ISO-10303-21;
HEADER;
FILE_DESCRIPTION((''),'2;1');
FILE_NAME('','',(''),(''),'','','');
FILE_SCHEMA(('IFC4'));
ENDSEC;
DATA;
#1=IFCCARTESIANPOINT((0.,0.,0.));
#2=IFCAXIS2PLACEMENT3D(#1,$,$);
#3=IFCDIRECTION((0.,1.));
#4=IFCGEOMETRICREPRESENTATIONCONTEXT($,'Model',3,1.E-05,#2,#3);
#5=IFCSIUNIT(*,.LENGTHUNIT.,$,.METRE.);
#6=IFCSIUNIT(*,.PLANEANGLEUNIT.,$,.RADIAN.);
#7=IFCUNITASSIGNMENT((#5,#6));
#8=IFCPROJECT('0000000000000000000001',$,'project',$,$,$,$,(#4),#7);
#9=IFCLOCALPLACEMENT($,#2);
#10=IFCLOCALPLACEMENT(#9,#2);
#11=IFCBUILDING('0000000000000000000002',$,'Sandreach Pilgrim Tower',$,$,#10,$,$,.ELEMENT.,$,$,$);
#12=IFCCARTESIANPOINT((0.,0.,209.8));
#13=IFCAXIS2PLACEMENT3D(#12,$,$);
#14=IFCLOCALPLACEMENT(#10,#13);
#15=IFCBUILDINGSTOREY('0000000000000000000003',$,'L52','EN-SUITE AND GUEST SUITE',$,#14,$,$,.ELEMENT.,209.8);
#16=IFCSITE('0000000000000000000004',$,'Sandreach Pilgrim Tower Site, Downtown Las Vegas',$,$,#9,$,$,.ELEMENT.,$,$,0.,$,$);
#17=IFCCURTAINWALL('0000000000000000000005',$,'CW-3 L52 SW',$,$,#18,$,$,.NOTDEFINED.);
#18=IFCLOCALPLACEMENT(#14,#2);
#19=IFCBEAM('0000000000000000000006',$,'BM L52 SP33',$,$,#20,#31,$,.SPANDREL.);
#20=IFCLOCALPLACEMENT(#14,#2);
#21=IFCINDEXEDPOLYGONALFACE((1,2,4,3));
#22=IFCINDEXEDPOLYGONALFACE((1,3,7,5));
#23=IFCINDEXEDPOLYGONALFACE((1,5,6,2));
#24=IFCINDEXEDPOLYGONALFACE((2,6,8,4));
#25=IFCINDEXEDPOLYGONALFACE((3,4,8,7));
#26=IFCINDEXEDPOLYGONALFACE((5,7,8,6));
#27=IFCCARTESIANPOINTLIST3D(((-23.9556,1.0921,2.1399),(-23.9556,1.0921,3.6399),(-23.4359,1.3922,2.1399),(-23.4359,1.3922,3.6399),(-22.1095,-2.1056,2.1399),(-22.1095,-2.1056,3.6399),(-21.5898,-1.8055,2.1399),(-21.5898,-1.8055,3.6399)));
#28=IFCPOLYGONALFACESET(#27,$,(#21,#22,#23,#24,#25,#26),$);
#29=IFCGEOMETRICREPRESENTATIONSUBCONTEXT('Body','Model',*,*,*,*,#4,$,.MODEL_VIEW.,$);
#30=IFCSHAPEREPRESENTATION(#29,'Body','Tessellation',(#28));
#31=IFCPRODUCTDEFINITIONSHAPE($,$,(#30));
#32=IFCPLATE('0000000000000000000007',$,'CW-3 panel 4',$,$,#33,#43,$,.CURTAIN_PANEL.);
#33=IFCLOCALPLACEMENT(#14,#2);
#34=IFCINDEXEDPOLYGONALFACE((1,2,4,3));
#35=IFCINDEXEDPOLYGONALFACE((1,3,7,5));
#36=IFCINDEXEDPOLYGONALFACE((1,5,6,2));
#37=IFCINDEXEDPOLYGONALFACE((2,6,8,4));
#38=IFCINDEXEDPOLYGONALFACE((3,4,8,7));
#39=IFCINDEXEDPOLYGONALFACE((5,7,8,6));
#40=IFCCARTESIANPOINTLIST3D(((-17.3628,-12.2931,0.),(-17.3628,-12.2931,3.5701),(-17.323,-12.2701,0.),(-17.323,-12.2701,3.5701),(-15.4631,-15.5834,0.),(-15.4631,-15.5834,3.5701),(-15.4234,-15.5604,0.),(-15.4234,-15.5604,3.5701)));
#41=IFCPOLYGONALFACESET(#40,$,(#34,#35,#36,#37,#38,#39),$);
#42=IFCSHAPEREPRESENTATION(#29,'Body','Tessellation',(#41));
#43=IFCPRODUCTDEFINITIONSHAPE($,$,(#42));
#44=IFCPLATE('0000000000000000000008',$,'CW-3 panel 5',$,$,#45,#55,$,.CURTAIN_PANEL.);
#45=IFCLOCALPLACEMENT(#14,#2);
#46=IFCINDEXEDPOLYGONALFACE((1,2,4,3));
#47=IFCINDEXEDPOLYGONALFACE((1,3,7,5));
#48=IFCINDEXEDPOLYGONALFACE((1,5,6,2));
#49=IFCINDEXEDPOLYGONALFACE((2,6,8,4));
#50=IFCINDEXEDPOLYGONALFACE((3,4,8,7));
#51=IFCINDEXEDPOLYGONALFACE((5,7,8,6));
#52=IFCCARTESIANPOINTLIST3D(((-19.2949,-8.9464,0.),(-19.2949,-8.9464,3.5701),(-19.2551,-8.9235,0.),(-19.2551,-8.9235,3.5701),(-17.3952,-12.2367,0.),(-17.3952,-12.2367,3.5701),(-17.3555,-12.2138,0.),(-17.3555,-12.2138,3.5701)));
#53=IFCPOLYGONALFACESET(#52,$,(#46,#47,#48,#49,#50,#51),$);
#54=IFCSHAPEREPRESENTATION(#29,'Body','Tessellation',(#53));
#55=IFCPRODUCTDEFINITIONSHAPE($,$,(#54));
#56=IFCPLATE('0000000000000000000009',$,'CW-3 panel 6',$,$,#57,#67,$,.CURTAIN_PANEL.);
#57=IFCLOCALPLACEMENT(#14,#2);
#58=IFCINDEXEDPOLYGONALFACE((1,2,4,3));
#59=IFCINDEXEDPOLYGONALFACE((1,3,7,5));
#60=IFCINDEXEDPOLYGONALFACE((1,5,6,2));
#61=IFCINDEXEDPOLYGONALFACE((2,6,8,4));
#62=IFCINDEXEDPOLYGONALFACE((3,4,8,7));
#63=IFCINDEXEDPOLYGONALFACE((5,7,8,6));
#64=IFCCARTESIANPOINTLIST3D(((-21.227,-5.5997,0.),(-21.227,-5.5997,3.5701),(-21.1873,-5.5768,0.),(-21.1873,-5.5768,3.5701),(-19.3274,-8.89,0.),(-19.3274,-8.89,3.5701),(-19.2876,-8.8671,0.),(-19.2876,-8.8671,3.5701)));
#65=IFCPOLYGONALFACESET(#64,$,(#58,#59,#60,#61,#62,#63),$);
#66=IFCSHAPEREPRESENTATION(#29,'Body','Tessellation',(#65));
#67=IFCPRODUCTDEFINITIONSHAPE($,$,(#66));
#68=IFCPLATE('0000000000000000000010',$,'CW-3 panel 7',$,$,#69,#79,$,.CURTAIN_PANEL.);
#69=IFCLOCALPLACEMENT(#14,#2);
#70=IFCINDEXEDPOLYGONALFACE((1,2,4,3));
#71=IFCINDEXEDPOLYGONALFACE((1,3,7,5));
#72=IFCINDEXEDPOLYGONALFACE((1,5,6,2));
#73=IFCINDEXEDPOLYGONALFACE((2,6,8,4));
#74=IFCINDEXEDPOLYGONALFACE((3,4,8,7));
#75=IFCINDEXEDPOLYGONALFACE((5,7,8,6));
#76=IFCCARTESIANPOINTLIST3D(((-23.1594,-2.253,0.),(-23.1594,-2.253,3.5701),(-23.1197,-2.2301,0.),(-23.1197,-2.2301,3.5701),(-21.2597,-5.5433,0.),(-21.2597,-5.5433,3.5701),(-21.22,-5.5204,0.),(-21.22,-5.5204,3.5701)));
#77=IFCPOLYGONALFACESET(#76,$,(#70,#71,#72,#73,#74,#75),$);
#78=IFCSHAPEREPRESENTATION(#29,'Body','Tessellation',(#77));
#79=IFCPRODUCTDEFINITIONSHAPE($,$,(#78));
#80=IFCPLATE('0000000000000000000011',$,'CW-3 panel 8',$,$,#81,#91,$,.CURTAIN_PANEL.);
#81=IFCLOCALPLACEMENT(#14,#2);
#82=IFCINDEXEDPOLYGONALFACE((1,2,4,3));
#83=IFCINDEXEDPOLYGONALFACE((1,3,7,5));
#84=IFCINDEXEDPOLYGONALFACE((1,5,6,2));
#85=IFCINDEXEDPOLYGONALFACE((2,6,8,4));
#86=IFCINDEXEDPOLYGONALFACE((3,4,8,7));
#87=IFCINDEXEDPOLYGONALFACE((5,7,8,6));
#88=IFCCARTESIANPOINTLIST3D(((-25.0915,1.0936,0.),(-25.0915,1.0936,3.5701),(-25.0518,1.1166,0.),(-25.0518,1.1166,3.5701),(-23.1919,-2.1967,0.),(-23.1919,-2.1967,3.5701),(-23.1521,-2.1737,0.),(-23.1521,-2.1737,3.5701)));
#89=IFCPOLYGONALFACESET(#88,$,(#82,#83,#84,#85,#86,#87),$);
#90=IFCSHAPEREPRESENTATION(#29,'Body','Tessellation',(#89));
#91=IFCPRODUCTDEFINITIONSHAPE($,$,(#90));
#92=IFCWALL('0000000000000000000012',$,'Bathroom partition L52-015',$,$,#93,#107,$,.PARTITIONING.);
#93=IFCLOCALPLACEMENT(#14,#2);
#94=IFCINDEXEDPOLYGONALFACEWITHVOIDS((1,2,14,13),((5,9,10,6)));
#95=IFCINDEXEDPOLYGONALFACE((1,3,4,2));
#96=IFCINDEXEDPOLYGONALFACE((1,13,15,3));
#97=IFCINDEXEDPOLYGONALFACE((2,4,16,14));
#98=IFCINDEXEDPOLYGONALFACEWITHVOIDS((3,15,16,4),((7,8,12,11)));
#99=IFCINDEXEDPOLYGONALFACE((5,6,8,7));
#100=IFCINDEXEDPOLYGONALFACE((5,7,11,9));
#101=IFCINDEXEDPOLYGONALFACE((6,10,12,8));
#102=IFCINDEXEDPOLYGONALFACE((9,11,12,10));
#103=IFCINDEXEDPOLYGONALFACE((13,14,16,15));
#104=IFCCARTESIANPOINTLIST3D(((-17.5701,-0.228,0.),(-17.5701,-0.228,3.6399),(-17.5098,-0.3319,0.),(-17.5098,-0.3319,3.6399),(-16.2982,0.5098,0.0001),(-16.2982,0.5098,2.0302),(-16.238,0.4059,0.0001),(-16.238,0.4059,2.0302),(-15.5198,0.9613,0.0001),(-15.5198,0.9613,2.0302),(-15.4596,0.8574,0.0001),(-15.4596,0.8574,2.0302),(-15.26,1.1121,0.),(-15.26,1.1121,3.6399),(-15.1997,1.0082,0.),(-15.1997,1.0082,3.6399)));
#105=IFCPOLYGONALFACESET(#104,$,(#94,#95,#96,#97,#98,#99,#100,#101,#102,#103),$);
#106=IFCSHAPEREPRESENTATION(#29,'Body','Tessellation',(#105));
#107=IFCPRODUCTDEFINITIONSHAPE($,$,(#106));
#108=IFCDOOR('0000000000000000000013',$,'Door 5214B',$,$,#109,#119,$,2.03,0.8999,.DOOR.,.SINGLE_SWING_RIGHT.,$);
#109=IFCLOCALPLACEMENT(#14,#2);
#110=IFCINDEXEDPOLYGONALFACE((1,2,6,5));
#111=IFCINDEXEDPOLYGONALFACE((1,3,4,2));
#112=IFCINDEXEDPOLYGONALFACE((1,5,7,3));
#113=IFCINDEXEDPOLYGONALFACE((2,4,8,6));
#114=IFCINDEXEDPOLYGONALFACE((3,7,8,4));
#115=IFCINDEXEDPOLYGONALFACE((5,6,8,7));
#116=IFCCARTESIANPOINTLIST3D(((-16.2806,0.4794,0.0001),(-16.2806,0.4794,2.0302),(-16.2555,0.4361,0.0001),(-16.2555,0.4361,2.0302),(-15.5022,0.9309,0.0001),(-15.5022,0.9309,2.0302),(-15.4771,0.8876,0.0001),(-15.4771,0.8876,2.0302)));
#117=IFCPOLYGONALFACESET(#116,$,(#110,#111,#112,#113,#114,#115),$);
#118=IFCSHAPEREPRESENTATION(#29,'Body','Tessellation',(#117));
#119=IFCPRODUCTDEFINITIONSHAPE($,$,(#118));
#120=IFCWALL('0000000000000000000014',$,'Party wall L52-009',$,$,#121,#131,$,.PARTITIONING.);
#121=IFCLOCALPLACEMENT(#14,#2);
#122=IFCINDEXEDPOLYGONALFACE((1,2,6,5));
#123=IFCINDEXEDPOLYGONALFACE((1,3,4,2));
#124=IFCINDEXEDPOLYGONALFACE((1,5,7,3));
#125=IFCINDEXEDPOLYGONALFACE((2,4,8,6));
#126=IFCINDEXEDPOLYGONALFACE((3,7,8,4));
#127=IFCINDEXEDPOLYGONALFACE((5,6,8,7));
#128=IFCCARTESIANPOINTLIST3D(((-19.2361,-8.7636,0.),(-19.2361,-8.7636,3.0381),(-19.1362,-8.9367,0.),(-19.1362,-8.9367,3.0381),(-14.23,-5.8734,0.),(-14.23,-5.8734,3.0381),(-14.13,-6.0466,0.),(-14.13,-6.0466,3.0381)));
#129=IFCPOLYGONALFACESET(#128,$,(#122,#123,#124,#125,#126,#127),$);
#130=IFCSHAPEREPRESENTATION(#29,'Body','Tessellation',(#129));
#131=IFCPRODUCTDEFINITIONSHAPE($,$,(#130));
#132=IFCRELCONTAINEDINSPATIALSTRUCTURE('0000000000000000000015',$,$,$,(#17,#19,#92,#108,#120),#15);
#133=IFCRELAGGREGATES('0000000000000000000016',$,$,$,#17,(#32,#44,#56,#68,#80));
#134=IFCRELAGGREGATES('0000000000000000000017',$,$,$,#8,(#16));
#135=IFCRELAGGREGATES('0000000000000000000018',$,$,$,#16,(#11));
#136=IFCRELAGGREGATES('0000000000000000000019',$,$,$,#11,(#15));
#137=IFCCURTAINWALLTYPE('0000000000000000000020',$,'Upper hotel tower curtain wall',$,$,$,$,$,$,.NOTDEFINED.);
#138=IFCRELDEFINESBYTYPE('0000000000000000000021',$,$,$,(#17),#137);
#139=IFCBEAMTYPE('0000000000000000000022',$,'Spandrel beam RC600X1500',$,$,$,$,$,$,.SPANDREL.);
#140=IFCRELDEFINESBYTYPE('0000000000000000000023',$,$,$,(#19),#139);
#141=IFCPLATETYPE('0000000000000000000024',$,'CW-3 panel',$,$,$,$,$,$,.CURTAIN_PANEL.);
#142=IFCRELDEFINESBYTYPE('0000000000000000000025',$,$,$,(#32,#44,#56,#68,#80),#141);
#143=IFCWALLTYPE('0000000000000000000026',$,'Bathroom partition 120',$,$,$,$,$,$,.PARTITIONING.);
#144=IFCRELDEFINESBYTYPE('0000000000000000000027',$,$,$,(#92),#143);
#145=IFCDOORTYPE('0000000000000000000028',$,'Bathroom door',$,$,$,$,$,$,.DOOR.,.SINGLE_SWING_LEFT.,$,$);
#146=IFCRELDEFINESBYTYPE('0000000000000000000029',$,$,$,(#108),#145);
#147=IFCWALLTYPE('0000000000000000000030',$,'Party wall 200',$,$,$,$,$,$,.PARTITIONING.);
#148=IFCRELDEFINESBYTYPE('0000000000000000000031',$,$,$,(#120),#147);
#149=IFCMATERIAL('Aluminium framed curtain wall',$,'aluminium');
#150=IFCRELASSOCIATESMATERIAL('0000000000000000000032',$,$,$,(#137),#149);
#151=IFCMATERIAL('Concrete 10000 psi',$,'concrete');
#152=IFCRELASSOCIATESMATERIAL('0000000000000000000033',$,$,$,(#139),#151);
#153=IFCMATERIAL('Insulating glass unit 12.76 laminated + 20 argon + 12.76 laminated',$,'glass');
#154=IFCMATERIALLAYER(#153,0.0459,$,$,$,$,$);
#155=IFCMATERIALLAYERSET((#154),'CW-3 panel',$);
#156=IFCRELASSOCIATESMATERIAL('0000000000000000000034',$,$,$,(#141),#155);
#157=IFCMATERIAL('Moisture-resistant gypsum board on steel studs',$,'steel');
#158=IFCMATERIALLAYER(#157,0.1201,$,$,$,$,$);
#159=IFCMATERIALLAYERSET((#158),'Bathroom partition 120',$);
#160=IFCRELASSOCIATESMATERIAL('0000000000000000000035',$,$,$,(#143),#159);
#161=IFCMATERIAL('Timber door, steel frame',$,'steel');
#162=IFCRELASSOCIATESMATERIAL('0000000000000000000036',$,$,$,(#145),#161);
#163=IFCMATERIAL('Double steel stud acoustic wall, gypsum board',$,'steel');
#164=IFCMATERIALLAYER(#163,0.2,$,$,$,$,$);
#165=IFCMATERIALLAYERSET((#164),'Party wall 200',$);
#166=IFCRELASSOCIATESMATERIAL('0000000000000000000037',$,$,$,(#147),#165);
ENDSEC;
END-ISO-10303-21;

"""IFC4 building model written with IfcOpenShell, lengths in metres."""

from ifc_helpers import new_model, si_unit, direction, frame, frame_2d, origin, origin_2d, place, context, subcontext, project, spatial, rectangle, extrude, material, layer, layer_set, material_profile, profile_set, type_object, element, fill, aggregate, save


model = new_model("IFC4")

# Units and contexts
model_context = context("Model", 3, precision=1e-05, world=origin(), true_north=direction((0.0, 1.0)))
body_context = subcontext(model_context, "Body", "Model", "MODEL_VIEW")
ifc_project = project(units=[si_unit("LENGTHUNIT", "METRE"), si_unit("PLANEANGLEUNIT", "RADIAN")], contexts=[model_context])

# Site, building, storey
site_placement = place(None, origin())
site = spatial("IfcSite", under=ifc_project, at=site_placement, Name="Sandreach Pilgrim Tower Site, Downtown Las Vegas", CompositionType="ELEMENT", RefElevation=0.0)
building_placement = place(site_placement, origin())
building = spatial("IfcBuilding", under=site, at=building_placement, Name="Sandreach Pilgrim Tower", CompositionType="ELEMENT")
storey_placement = place(building_placement, frame((0.0, 0.0, 209.8)))
storey = spatial("IfcBuildingStorey", under=building, at=storey_placement, Name="L52", Description="EN-SUITE AND GUEST SUITE", CompositionType="ELEMENT", Elevation=209.8)

# Curtain wall
ifc_material_1 = material(Name="Aluminium framed curtain wall", Category="aluminium")
curtain_wall_type = type_object("IfcCurtainWallType", Name="Upper hotel tower curtain wall", PredefinedType="NOTDEFINED", material=ifc_material_1)
curtain_wall_placement = place(storey_placement, origin())
curtain_wall = element("IfcCurtainWall", 1, at=curtain_wall_placement, inside=storey, type_object=curtain_wall_type, Name="CW-3 L52 SW", PredefinedType="NOTDEFINED")

# Beam
ifc_material_2 = material(Name="Concrete 10000 psi", Category="concrete")
ifc_material_profile_1 = material_profile(ifc_material_2, rectangle(XDim=0.6001, YDim=1.5, at=origin_2d()), Name="RC600X1500")
ifc_profile_set_1 = profile_set([ifc_material_profile_1], Name="Concrete 10000 psi")
beam_type_1 = type_object("IfcBeamType", Name="Spandrel beam RC600X1500", PredefinedType="SPANDREL", material=ifc_profile_set_1)
for number, where, z_axis, x_axis, name in (
    (2, (-21.8496, -1.9556, 2.8899), (-0.499993, 0.866029, 0.0), (-0.866029, -0.499993, 0.0), "BM L52 SP33"),
):
    element("IfcBeam", number, at=place(storey_placement, frame(where, z_axis=z_axis, x_axis=x_axis)), inside=storey, type_object=beam_type_1, Name=name, PredefinedType="SPANDREL", context=body_context, shape_type="SweptSolid", body=[
        extrude(rectangle(XDim=0.6001, YDim=1.5, at=origin_2d()), origin(), (0.0, 0.0, 1.0), 3.6924),
    ])

# Plates
ifc_material_3 = material(Name="Insulating glass unit 12.76 laminated + 20 argon + 12.76 laminated", Category="glass")
ifc_layer_1 = layer(ifc_material_3, 0.0459)
ifc_layer_set_1 = layer_set([ifc_layer_1], Name="CW-3 panel")
plate_type = type_object("IfcPlateType", Name="CW-3 panel", PredefinedType="CURTAIN_PANEL", material=ifc_layer_set_1)
plate_1_placement = place(storey_placement, frame((-16.3931, -13.9268, 0.0), z_axis=(0.0, 0.0, 1.0), x_axis=(-0.5, 0.866025, 0.0)))
plate_1 = element("IfcPlate", 3, at=plate_1_placement, type_object=plate_type, Name="CW-3 panel 4", PredefinedType="CURTAIN_PANEL", context=body_context, shape_type="SweptSolid", body=[
    extrude(rectangle(XDim=3.7993, YDim=0.0459, at=origin_2d()), origin(), (0.0, 0.0, 1.0), 3.5701),
])
plate_2_placement = place(storey_placement, frame((-18.3252, -10.5801, 0.0), z_axis=(0.0, 0.0, 1.0), x_axis=(-0.5, 0.866025, 0.0)))
plate_2 = element("IfcPlate", 4, at=plate_2_placement, type_object=plate_type, Name="CW-3 panel 5", PredefinedType="CURTAIN_PANEL", context=body_context, shape_type="SweptSolid", body=[
    extrude(rectangle(XDim=3.7993, YDim=0.0459, at=origin_2d()), origin(), (0.0, 0.0, 1.0), 3.5701),
])
plate_3_placement = place(storey_placement, frame((-20.2573, -7.2334, 0.0), z_axis=(0.0, 0.0, 1.0), x_axis=(-0.5, 0.866025, 0.0)))
plate_3 = element("IfcPlate", 5, at=plate_3_placement, type_object=plate_type, Name="CW-3 panel 6", PredefinedType="CURTAIN_PANEL", context=body_context, shape_type="SweptSolid", body=[
    extrude(rectangle(XDim=3.7993, YDim=0.0459, at=origin_2d()), origin(), (0.0, 0.0, 1.0), 3.5701),
])
plate_4_placement = place(storey_placement, frame((-22.1897, -3.8867, 0.0), z_axis=(0.0, 0.0, 1.0), x_axis=(-0.5, 0.866025, 0.0)))
plate_4 = element("IfcPlate", 6, at=plate_4_placement, type_object=plate_type, Name="CW-3 panel 7", PredefinedType="CURTAIN_PANEL", context=body_context, shape_type="SweptSolid", body=[
    extrude(rectangle(XDim=3.7993, YDim=0.0459, at=origin_2d()), origin(), (0.0, 0.0, 1.0), 3.5701),
])
plate_5_placement = place(storey_placement, frame((-24.1218, -0.54, 0.0), z_axis=(0.0, 0.0, 1.0), x_axis=(-0.5, 0.866025, 0.0)))
plate_5 = element("IfcPlate", 7, at=plate_5_placement, type_object=plate_type, Name="CW-3 panel 8", PredefinedType="CURTAIN_PANEL", context=body_context, shape_type="SweptSolid", body=[
    extrude(rectangle(XDim=3.7993, YDim=0.0459, at=origin_2d()), origin(), (0.0, 0.0, 1.0), 3.5701),
])
aggregate(curtain_wall, [plate_1, plate_2, plate_3, plate_4, plate_5])

# Wall, opening, door
ifc_material_4 = material(Name="Moisture-resistant gypsum board on steel studs", Category="steel")
ifc_layer_2 = layer(ifc_material_4, 0.1201)
ifc_layer_set_2 = layer_set([ifc_layer_2], Name="Bathroom partition 120")
wall_type_1 = type_object("IfcWallType", Name="Bathroom partition 120", PredefinedType="PARTITIONING", material=ifc_layer_set_2)
wall_1_placement = place(storey_placement, frame((-17.54, -0.28, 0.0), z_axis=(0.0, 0.0, 1.0), x_axis=(0.86499, 0.501789, 0.0)))
wall_1 = element("IfcWall", 8, at=wall_1_placement, inside=storey, type_object=wall_type_1, Name="Bathroom partition L52-015", PredefinedType="PARTITIONING", context=body_context, shape_type="SweptSolid", body=[
    extrude(rectangle(XDim=2.6707, YDim=0.1201, at=frame_2d((1.3354, 0.0))), origin(), (0.0, 0.0, 1.0), 3.6399),
])
opening_placement = place(wall_1_placement, frame((1.4705, 0.0, 0.0)))
opening = element("IfcOpeningElement", 9, at=opening_placement, cuts=wall_1, PredefinedType="OPENING", context=body_context, shape_type="SweptSolid", body=[
    extrude(rectangle(XDim=0.8999, YDim=2.03, at=frame_2d((0.45, 1.0151))), frame((0.0, 0.0601, 0.0), z_axis=(0.0, -1.0, 0.0), x_axis=(1.0, 0.0, 0.0)), (0.0, 0.0, 1.0), 0.1201),
])
ifc_material_5 = material(Name="Timber door, steel frame", Category="steel")
door_type = type_object("IfcDoorType", Name="Bathroom door", OperationType="SINGLE_SWING_LEFT", PredefinedType="DOOR", material=ifc_material_5)
door_placement = place(opening_placement, origin())
door = element("IfcDoor", 10, at=door_placement, inside=storey, type_object=door_type, Name="Door 5214B", OperationType="SINGLE_SWING_RIGHT", OverallHeight=2.03, OverallWidth=0.8999, PredefinedType="DOOR", context=body_context, shape_type="SweptSolid", body=[
    extrude(rectangle(XDim=0.8999, YDim=2.03, at=frame_2d((0.45, 1.0151))), frame((0.0, 0.0249, 0.0), z_axis=(0.0, -1.0, 0.0), x_axis=(1.0, 0.0, 0.0)), (0.0, 0.0, 1.0), 0.05),
])
fill(opening, door)

# Wall
ifc_material_6 = material(Name="Double steel stud acoustic wall, gypsum board", Category="steel")
ifc_layer_3 = layer(ifc_material_6, 0.2)
ifc_layer_set_3 = layer_set([ifc_layer_3], Name="Party wall 200")
wall_type_2 = type_object("IfcWallType", Name="Party wall 200", PredefinedType="PARTITIONING", material=ifc_layer_set_3)
wall_2_placement = place(storey_placement, frame((-19.186, -8.8501, 0.0), z_axis=(0.0, 0.0, 1.0), x_axis=(0.866036, 0.499982, 0.0)))
element("IfcWall", 11, at=wall_2_placement, inside=storey, type_object=wall_type_2, Name="Party wall L52-009", PredefinedType="PARTITIONING", context=body_context, shape_type="SweptSolid", body=[
    extrude(rectangle(XDim=5.7805, YDim=0.2, at=frame_2d((2.8901, 0.0))), origin(), (0.0, 0.0, 1.0), 3.0381),
])

save(model, "model.ifc")
